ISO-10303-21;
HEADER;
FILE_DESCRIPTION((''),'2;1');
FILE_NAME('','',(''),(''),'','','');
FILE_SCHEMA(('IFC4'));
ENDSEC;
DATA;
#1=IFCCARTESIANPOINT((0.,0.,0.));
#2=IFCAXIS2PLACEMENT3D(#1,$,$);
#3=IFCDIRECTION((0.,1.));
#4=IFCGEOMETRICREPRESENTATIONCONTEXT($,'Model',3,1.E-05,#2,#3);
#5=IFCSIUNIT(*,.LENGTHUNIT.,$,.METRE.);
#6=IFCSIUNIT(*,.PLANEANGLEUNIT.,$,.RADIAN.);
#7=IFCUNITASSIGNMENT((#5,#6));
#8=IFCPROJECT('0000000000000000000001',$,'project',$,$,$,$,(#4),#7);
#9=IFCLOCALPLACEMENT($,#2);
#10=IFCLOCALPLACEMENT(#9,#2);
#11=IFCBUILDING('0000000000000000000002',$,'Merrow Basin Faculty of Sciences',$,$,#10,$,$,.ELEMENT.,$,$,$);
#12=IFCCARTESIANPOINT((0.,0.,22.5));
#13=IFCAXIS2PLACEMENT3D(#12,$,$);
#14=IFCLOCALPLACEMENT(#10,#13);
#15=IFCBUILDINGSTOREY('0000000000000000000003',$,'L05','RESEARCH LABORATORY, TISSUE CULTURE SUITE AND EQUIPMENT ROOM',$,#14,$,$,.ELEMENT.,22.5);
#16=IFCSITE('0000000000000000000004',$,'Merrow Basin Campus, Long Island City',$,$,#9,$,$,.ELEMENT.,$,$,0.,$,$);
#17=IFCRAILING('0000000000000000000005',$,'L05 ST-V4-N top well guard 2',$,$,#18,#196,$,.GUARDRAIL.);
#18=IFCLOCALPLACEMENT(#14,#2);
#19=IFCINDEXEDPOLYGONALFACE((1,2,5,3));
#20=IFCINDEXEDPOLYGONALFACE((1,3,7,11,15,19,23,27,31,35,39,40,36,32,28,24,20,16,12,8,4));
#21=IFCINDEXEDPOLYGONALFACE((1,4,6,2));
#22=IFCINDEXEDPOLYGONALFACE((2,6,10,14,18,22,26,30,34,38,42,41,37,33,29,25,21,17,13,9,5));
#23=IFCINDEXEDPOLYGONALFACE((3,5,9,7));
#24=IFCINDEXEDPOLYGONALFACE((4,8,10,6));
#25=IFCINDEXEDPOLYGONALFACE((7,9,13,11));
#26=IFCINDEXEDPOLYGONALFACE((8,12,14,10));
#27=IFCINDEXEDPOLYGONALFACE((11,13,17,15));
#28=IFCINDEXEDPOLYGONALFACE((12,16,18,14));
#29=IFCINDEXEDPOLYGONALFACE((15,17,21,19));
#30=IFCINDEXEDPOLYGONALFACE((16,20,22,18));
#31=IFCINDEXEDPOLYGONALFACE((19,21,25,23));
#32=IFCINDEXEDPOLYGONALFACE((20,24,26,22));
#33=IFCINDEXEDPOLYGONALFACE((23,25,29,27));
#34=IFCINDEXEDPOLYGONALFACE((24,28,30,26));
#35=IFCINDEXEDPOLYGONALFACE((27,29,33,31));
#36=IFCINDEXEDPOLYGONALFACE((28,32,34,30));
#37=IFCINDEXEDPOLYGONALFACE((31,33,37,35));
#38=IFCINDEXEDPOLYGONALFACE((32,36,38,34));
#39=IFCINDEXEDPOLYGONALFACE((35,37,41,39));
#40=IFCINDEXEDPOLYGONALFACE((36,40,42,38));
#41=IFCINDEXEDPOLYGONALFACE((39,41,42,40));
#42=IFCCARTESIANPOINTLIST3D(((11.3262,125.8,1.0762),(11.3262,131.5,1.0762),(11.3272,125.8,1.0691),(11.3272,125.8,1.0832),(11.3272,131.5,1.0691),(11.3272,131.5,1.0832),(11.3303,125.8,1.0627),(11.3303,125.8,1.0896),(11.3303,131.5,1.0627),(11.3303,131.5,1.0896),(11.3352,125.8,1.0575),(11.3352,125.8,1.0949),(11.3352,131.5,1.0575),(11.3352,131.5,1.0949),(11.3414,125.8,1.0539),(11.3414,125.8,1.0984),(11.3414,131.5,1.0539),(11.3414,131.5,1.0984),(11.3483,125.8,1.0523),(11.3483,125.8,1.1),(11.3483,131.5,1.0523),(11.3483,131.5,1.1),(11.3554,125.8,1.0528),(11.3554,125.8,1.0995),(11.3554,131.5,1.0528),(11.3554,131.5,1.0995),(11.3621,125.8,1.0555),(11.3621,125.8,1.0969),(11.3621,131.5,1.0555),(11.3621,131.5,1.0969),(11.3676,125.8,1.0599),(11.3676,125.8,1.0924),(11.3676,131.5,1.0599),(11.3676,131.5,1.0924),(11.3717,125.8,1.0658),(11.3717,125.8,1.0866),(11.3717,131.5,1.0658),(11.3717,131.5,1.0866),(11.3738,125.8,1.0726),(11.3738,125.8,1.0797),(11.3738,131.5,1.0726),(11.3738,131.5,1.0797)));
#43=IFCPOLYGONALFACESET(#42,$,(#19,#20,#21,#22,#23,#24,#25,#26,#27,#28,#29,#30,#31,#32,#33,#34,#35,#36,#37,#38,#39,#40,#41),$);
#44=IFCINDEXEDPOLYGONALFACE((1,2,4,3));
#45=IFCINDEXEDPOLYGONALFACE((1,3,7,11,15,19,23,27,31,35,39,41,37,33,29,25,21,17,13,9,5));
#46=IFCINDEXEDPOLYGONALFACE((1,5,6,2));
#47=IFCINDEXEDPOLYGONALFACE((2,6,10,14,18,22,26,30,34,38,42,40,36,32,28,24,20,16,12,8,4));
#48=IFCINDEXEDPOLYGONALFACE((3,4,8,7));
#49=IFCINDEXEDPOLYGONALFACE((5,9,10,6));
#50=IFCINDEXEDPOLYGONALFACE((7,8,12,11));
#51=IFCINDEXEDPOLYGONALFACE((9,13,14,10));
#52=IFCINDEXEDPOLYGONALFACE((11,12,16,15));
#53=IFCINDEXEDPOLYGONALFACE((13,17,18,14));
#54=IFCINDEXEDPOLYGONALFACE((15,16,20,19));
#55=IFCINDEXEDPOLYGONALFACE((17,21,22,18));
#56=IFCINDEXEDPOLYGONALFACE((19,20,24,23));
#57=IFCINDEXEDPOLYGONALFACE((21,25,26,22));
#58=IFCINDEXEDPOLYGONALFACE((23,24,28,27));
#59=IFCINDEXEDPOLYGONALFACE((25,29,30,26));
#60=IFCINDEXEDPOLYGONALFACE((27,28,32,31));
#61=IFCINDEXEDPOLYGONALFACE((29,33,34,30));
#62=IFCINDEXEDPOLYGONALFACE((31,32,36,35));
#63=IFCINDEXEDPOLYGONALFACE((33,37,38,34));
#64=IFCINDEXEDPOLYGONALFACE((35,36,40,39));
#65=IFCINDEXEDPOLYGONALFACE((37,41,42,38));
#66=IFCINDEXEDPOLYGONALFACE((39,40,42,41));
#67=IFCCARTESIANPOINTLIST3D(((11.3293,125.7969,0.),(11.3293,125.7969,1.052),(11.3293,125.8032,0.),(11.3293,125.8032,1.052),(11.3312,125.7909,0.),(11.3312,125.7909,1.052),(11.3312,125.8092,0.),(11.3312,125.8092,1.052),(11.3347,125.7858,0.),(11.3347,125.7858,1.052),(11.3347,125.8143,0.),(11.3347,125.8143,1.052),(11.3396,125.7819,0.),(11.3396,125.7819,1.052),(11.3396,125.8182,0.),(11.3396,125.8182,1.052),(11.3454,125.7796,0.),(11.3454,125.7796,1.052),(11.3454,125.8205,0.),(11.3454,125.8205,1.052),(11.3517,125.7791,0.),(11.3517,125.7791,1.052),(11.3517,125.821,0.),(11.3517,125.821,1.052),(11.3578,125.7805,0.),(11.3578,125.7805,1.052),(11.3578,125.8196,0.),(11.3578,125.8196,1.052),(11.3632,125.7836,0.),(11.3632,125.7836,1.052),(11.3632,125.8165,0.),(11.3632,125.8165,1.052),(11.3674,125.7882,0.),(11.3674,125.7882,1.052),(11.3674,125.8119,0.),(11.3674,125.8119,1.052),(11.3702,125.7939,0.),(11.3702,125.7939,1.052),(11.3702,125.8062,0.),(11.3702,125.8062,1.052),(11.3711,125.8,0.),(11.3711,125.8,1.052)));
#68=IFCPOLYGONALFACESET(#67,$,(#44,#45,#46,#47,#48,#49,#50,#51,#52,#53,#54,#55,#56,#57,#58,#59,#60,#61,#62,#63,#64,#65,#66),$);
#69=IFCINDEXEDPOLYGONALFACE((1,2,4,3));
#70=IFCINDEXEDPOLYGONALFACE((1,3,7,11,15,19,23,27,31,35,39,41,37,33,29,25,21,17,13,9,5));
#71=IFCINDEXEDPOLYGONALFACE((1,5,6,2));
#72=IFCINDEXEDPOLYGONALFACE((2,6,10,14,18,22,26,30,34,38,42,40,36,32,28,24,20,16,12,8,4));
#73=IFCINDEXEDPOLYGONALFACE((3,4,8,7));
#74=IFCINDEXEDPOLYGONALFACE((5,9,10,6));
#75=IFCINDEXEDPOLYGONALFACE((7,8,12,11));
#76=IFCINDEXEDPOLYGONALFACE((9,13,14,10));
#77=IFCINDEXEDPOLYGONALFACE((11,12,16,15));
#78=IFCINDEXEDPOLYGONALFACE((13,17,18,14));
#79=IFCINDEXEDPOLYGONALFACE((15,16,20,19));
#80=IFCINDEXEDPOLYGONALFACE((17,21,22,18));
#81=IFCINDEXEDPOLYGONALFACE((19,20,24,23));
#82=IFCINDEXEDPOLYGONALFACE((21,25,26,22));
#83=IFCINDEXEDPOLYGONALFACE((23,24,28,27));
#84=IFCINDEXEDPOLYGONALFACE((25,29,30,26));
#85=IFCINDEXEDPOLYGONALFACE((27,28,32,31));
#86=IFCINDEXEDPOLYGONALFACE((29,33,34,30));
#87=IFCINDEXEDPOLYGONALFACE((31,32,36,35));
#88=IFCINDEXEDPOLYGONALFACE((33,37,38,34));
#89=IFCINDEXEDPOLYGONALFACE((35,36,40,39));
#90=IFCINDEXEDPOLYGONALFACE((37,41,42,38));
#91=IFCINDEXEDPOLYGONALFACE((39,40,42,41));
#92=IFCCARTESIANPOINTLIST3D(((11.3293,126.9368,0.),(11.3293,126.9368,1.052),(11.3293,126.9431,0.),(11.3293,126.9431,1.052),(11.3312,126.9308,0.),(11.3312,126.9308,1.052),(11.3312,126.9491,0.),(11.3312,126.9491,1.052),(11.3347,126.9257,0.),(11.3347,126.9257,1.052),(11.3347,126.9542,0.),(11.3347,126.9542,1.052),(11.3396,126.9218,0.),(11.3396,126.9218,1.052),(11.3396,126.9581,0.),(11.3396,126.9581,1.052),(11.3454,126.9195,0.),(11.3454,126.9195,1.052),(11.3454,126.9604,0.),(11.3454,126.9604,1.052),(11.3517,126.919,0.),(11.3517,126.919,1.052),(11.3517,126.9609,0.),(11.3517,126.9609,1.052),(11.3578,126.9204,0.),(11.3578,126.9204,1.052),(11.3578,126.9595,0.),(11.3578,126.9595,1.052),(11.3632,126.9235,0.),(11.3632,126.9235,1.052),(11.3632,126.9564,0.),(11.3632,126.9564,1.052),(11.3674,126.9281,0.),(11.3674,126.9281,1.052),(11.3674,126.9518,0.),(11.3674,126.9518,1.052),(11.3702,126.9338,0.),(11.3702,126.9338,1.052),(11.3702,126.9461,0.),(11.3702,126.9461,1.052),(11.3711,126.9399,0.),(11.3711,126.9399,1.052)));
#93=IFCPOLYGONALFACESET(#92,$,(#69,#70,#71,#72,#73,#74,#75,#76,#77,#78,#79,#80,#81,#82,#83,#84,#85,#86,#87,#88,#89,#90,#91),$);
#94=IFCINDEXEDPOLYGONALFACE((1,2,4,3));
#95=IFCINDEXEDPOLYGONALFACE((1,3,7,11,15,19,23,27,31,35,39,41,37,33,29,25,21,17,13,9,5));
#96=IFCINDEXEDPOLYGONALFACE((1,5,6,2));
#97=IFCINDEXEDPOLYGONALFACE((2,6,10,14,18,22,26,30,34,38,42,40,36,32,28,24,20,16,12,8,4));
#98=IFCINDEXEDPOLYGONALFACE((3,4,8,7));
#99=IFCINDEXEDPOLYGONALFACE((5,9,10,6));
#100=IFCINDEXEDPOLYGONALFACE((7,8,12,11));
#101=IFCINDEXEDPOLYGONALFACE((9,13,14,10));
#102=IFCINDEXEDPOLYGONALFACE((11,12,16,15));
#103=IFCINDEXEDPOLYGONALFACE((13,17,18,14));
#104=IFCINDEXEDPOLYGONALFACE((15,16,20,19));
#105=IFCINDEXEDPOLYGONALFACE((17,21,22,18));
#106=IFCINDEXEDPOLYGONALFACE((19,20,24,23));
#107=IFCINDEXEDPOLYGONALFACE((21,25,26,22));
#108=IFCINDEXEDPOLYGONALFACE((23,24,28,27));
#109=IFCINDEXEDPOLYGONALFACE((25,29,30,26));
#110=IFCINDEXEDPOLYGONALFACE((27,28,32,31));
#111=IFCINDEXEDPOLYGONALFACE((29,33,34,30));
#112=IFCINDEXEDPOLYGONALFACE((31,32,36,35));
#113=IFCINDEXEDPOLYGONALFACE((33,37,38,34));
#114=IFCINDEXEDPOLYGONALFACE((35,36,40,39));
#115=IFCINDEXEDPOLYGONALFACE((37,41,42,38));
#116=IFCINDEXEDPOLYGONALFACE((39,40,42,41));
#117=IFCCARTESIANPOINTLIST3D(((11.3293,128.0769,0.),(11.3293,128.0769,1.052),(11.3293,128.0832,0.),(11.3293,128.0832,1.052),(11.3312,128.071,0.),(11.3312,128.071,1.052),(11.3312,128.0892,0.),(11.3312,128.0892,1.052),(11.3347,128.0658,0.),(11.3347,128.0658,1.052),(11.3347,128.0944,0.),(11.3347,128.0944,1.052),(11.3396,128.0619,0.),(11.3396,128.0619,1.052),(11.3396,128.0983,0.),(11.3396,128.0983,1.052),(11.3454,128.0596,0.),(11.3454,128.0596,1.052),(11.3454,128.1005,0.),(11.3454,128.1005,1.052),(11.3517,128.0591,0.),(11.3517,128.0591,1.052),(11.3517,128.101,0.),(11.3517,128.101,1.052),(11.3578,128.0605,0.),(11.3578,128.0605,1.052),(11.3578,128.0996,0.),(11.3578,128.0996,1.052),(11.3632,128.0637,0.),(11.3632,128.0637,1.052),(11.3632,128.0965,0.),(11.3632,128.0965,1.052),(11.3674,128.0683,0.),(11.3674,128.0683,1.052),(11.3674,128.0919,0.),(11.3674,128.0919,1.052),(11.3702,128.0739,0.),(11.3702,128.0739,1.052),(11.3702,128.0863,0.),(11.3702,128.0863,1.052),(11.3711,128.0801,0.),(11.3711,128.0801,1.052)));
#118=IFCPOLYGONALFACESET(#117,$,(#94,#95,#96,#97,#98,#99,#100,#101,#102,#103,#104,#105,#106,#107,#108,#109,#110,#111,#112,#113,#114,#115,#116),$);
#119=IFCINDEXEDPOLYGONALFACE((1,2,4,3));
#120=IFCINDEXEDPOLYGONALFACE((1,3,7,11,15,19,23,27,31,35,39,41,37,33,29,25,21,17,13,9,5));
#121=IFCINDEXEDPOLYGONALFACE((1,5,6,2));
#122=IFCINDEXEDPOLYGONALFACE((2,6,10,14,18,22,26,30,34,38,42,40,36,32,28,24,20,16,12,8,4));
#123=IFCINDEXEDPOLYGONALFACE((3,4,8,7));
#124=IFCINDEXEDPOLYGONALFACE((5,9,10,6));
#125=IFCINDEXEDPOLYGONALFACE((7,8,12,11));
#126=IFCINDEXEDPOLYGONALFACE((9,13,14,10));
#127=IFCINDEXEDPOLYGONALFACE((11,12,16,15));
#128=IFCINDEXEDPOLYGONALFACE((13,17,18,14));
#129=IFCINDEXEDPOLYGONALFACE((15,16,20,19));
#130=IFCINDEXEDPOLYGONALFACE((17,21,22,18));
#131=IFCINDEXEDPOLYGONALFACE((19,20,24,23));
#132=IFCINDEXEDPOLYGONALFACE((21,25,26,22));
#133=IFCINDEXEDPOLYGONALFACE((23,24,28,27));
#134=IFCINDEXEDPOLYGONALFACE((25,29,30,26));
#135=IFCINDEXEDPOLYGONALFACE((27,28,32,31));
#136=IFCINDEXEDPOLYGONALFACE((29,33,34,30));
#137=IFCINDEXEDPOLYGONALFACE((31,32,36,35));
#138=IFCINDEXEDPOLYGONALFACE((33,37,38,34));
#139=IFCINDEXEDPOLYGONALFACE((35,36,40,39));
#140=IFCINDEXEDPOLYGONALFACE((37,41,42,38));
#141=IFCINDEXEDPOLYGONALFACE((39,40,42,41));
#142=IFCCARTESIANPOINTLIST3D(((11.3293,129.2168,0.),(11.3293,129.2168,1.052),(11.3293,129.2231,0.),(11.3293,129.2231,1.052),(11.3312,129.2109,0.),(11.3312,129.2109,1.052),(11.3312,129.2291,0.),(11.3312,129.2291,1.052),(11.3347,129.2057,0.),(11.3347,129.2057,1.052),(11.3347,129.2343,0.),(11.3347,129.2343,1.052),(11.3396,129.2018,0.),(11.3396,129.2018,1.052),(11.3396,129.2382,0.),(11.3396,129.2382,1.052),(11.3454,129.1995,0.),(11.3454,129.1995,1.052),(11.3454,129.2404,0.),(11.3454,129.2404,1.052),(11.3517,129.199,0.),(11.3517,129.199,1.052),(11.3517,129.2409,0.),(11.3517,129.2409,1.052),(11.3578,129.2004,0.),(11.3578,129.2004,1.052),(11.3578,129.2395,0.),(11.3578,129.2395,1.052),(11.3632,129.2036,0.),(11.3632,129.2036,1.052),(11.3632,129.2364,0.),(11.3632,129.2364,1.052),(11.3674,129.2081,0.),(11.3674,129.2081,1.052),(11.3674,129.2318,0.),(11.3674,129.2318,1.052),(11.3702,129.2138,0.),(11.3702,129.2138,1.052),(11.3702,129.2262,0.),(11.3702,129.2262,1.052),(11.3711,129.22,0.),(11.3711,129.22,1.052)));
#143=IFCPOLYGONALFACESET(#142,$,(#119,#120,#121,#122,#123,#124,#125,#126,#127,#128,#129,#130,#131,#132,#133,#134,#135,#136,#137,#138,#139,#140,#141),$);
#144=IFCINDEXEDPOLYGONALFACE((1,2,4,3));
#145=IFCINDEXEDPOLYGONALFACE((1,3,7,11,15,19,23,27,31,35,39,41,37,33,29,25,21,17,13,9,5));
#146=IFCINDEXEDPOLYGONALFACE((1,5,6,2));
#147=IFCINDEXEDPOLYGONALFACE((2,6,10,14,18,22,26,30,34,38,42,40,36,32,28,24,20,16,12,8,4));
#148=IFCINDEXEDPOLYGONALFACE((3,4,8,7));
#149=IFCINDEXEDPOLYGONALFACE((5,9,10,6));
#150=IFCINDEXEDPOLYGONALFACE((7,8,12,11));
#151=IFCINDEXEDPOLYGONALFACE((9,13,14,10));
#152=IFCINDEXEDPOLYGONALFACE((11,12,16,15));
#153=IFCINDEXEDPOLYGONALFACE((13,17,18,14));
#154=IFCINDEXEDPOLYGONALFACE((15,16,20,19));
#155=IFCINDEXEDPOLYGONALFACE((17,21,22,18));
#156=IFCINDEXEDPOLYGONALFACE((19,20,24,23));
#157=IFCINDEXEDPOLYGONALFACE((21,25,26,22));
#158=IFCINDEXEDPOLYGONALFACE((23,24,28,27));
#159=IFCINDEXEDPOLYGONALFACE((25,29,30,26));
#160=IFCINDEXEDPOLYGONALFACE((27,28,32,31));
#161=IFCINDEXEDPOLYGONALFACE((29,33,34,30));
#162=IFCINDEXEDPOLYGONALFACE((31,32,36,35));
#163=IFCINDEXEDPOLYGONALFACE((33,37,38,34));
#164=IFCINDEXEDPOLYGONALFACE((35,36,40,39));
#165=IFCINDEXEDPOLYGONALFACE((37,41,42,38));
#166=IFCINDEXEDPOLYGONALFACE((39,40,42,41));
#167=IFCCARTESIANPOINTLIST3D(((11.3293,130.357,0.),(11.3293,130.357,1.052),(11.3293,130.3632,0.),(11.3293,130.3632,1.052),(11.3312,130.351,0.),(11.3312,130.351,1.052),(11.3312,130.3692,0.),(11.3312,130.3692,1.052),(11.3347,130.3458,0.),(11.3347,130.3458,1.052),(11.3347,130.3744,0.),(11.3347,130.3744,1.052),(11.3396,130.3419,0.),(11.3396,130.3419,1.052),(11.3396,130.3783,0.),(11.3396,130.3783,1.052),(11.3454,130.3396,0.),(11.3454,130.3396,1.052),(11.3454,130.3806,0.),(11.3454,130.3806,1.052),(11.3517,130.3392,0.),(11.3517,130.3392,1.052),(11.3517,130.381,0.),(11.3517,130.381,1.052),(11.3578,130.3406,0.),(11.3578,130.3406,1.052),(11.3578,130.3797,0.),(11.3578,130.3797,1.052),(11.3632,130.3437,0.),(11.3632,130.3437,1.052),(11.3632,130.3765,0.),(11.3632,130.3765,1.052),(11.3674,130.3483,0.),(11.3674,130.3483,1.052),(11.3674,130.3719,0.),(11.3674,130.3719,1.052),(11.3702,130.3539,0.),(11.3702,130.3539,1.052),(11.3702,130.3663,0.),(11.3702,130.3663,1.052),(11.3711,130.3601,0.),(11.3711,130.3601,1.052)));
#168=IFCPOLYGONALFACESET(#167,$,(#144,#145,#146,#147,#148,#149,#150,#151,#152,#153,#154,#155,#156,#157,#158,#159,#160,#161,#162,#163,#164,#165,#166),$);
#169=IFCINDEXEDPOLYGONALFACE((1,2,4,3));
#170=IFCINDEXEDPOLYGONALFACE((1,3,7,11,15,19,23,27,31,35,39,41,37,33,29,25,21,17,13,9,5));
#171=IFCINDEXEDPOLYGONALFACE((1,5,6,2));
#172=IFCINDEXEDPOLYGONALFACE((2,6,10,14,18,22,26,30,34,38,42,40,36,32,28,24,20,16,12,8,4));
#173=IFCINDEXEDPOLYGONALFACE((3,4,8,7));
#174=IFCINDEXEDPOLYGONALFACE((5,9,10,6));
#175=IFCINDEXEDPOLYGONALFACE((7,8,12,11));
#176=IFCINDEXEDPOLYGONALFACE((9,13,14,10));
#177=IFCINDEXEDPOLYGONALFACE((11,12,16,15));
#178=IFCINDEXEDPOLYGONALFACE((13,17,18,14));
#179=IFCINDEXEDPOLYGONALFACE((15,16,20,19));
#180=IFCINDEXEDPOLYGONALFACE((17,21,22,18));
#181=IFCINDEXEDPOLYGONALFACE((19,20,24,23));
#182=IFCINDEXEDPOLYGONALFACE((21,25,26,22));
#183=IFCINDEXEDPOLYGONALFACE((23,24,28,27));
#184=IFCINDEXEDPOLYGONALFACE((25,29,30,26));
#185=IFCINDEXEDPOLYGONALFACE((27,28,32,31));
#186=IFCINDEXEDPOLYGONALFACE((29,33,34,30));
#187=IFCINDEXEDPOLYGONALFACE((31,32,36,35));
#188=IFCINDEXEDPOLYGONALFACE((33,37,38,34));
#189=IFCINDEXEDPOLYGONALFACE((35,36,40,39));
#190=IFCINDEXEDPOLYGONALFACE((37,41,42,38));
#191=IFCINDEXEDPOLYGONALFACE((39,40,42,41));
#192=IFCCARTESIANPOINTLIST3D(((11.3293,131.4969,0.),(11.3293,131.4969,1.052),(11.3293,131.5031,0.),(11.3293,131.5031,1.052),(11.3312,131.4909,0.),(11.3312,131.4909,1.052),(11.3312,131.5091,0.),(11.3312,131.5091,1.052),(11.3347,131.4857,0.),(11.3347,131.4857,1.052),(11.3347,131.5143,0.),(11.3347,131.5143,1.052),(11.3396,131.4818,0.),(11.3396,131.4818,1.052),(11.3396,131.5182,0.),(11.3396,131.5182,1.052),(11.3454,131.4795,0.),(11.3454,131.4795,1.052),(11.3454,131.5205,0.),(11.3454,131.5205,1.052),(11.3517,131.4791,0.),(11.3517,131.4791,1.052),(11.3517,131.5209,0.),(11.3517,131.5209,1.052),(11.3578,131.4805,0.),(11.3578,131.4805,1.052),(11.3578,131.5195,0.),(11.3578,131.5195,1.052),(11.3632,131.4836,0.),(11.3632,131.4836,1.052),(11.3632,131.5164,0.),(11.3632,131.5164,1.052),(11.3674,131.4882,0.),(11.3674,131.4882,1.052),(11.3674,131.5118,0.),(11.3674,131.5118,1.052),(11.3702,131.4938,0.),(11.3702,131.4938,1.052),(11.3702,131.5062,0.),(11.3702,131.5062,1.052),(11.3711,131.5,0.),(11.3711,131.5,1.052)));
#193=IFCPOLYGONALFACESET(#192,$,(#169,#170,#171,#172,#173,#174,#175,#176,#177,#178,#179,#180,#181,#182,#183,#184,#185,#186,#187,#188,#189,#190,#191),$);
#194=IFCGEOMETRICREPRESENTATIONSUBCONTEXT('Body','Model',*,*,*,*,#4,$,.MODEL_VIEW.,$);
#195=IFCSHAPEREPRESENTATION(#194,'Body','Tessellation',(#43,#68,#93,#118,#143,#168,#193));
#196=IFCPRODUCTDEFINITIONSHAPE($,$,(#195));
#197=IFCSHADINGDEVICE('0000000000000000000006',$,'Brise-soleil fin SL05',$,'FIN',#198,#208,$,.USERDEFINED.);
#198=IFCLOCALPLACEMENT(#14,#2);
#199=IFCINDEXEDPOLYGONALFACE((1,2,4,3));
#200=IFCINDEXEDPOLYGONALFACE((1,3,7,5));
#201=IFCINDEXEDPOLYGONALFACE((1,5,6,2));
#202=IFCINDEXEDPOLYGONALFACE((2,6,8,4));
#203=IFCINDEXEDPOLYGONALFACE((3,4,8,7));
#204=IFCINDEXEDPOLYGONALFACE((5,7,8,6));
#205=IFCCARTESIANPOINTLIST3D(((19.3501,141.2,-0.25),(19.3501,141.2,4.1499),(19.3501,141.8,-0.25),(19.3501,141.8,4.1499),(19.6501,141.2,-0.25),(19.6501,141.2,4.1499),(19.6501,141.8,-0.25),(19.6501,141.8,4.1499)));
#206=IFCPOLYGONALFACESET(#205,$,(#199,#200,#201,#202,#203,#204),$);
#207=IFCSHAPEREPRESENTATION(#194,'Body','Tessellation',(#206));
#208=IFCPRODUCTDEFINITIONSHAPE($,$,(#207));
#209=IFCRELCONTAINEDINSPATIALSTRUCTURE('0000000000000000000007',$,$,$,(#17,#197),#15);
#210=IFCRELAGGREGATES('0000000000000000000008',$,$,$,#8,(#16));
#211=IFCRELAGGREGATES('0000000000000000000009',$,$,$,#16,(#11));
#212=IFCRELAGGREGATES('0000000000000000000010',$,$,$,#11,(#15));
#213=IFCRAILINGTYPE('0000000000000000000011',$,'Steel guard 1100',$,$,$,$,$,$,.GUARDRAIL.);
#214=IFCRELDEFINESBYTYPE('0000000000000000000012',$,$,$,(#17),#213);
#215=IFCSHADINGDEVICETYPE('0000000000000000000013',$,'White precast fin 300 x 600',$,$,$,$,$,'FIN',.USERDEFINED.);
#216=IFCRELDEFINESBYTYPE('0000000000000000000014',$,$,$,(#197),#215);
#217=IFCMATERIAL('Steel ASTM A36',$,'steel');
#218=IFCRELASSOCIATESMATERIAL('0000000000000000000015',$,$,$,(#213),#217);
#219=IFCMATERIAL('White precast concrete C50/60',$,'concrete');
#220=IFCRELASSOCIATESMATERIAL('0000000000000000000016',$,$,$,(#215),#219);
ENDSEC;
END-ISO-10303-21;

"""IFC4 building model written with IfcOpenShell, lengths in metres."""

from ifc_helpers import new_model, si_unit, direction, frame, origin, origin_2d, place, context, subcontext, project, spatial, polyline, circle, outline, extrude, source, transform, mapped, material, type_object, element, save


model = new_model("IFC4")

# Units and contexts
model_context = context("Model", 3, precision=1e-05, world=origin(), true_north=direction((0.0, 1.0)))
body_context = subcontext(model_context, "Body", "Model", "MODEL_VIEW")
ifc_project = project(units=[si_unit("LENGTHUNIT", "METRE"), si_unit("PLANEANGLEUNIT", "RADIAN")], contexts=[model_context])

# Site, building, storey
site_placement = place(None, origin())
site = spatial("IfcSite", under=ifc_project, at=site_placement, Name="Merrow Basin Campus, Long Island City", CompositionType="ELEMENT", RefElevation=0.0)
building_placement = place(site_placement, origin())
building = spatial("IfcBuilding", under=site, at=building_placement, Name="Merrow Basin Faculty of Sciences", CompositionType="ELEMENT")
storey_placement = place(building_placement, frame((0.0, 0.0, 22.5)))
storey = spatial("IfcBuildingStorey", under=building, at=storey_placement, Name="L05", Description="RESEARCH LABORATORY, TISSUE CULTURE SUITE AND EQUIPMENT ROOM", CompositionType="ELEMENT", Elevation=22.5)

# Railing
ifc_material_1 = material(Name="Steel ASTM A36", Category="steel")
railing_type = type_object("IfcRailingType", Name="Steel guard 1100", PredefinedType="GUARDRAIL", material=ifc_material_1)
railing_1_placement = place(storey_placement, frame((11.3501, 125.8, 0.0)))
element("IfcRailing", 1, at=railing_1_placement, inside=storey, type_object=railing_type, Name="L05 ST-V4-N top well guard 2", PredefinedType="GUARDRAIL", context=body_context, shape_type="SweptSolid", body=[
    extrude(circle(Radius=0.0239, at=origin_2d()), frame((0.0, 0.0, 1.0762), z_axis=(0.0, 1.0, 0.0), x_axis=(-1.0, 0.0, 0.0)), (0.0, 0.0, 1.0), 5.7),
    extrude(circle(Radius=0.021, at=origin_2d()), origin(), (0.0, 0.0, 1.0), 1.052),
    extrude(circle(Radius=0.021, at=origin_2d()), frame((0.0, 1.1399, 0.0)), (0.0, 0.0, 1.0), 1.052),
    extrude(circle(Radius=0.021, at=origin_2d()), frame((0.0, 2.28, 0.0)), (0.0, 0.0, 1.0), 1.052),
    extrude(circle(Radius=0.021, at=origin_2d()), frame((0.0, 3.4199, 0.0)), (0.0, 0.0, 1.0), 1.052),
    extrude(circle(Radius=0.021, at=origin_2d()), frame((0.0, 4.5601, 0.0)), (0.0, 0.0, 1.0), 1.052),
    extrude(circle(Radius=0.021, at=origin_2d()), frame((0.0, 5.7, 0.0)), (0.0, 0.0, 1.0), 1.052),
])

# Shading device
ifc_material_2 = material(Name="White precast concrete C50/60", Category="concrete")
shading_device_type = type_object("IfcShadingDeviceType", Name="White precast fin 300 x 600", ElementType="FIN", PredefinedType="USERDEFINED", material=ifc_material_2)
shared_shape_1 = source(origin(), body_context, "Body", "SweptSolid", [
    extrude(outline(polyline([(0.0, 0.0), (0.3, 0.0), (0.3, 4.3999), (0.0, 4.3999), (0.0, 0.0)])), origin(), (0.0, 0.0, 1.0), 0.6001),
])
shading_device_placement = place(storey_placement, frame((19.3501, 141.8, -0.25), z_axis=(0.0, -1.0, 0.0), x_axis=(1.0, 0.0, 0.0)))
element("IfcShadingDevice", 2, at=shading_device_placement, inside=storey, type_object=shading_device_type, Name="Brise-soleil fin SL05", ObjectType="FIN", PredefinedType="USERDEFINED", context=body_context, shape_type="MappedRepresentation", body=[
    mapped(shared_shape_1, transform((0.0, 0.0, 0.0), scale=1.0)),
])

save(model, "model.ifc")
